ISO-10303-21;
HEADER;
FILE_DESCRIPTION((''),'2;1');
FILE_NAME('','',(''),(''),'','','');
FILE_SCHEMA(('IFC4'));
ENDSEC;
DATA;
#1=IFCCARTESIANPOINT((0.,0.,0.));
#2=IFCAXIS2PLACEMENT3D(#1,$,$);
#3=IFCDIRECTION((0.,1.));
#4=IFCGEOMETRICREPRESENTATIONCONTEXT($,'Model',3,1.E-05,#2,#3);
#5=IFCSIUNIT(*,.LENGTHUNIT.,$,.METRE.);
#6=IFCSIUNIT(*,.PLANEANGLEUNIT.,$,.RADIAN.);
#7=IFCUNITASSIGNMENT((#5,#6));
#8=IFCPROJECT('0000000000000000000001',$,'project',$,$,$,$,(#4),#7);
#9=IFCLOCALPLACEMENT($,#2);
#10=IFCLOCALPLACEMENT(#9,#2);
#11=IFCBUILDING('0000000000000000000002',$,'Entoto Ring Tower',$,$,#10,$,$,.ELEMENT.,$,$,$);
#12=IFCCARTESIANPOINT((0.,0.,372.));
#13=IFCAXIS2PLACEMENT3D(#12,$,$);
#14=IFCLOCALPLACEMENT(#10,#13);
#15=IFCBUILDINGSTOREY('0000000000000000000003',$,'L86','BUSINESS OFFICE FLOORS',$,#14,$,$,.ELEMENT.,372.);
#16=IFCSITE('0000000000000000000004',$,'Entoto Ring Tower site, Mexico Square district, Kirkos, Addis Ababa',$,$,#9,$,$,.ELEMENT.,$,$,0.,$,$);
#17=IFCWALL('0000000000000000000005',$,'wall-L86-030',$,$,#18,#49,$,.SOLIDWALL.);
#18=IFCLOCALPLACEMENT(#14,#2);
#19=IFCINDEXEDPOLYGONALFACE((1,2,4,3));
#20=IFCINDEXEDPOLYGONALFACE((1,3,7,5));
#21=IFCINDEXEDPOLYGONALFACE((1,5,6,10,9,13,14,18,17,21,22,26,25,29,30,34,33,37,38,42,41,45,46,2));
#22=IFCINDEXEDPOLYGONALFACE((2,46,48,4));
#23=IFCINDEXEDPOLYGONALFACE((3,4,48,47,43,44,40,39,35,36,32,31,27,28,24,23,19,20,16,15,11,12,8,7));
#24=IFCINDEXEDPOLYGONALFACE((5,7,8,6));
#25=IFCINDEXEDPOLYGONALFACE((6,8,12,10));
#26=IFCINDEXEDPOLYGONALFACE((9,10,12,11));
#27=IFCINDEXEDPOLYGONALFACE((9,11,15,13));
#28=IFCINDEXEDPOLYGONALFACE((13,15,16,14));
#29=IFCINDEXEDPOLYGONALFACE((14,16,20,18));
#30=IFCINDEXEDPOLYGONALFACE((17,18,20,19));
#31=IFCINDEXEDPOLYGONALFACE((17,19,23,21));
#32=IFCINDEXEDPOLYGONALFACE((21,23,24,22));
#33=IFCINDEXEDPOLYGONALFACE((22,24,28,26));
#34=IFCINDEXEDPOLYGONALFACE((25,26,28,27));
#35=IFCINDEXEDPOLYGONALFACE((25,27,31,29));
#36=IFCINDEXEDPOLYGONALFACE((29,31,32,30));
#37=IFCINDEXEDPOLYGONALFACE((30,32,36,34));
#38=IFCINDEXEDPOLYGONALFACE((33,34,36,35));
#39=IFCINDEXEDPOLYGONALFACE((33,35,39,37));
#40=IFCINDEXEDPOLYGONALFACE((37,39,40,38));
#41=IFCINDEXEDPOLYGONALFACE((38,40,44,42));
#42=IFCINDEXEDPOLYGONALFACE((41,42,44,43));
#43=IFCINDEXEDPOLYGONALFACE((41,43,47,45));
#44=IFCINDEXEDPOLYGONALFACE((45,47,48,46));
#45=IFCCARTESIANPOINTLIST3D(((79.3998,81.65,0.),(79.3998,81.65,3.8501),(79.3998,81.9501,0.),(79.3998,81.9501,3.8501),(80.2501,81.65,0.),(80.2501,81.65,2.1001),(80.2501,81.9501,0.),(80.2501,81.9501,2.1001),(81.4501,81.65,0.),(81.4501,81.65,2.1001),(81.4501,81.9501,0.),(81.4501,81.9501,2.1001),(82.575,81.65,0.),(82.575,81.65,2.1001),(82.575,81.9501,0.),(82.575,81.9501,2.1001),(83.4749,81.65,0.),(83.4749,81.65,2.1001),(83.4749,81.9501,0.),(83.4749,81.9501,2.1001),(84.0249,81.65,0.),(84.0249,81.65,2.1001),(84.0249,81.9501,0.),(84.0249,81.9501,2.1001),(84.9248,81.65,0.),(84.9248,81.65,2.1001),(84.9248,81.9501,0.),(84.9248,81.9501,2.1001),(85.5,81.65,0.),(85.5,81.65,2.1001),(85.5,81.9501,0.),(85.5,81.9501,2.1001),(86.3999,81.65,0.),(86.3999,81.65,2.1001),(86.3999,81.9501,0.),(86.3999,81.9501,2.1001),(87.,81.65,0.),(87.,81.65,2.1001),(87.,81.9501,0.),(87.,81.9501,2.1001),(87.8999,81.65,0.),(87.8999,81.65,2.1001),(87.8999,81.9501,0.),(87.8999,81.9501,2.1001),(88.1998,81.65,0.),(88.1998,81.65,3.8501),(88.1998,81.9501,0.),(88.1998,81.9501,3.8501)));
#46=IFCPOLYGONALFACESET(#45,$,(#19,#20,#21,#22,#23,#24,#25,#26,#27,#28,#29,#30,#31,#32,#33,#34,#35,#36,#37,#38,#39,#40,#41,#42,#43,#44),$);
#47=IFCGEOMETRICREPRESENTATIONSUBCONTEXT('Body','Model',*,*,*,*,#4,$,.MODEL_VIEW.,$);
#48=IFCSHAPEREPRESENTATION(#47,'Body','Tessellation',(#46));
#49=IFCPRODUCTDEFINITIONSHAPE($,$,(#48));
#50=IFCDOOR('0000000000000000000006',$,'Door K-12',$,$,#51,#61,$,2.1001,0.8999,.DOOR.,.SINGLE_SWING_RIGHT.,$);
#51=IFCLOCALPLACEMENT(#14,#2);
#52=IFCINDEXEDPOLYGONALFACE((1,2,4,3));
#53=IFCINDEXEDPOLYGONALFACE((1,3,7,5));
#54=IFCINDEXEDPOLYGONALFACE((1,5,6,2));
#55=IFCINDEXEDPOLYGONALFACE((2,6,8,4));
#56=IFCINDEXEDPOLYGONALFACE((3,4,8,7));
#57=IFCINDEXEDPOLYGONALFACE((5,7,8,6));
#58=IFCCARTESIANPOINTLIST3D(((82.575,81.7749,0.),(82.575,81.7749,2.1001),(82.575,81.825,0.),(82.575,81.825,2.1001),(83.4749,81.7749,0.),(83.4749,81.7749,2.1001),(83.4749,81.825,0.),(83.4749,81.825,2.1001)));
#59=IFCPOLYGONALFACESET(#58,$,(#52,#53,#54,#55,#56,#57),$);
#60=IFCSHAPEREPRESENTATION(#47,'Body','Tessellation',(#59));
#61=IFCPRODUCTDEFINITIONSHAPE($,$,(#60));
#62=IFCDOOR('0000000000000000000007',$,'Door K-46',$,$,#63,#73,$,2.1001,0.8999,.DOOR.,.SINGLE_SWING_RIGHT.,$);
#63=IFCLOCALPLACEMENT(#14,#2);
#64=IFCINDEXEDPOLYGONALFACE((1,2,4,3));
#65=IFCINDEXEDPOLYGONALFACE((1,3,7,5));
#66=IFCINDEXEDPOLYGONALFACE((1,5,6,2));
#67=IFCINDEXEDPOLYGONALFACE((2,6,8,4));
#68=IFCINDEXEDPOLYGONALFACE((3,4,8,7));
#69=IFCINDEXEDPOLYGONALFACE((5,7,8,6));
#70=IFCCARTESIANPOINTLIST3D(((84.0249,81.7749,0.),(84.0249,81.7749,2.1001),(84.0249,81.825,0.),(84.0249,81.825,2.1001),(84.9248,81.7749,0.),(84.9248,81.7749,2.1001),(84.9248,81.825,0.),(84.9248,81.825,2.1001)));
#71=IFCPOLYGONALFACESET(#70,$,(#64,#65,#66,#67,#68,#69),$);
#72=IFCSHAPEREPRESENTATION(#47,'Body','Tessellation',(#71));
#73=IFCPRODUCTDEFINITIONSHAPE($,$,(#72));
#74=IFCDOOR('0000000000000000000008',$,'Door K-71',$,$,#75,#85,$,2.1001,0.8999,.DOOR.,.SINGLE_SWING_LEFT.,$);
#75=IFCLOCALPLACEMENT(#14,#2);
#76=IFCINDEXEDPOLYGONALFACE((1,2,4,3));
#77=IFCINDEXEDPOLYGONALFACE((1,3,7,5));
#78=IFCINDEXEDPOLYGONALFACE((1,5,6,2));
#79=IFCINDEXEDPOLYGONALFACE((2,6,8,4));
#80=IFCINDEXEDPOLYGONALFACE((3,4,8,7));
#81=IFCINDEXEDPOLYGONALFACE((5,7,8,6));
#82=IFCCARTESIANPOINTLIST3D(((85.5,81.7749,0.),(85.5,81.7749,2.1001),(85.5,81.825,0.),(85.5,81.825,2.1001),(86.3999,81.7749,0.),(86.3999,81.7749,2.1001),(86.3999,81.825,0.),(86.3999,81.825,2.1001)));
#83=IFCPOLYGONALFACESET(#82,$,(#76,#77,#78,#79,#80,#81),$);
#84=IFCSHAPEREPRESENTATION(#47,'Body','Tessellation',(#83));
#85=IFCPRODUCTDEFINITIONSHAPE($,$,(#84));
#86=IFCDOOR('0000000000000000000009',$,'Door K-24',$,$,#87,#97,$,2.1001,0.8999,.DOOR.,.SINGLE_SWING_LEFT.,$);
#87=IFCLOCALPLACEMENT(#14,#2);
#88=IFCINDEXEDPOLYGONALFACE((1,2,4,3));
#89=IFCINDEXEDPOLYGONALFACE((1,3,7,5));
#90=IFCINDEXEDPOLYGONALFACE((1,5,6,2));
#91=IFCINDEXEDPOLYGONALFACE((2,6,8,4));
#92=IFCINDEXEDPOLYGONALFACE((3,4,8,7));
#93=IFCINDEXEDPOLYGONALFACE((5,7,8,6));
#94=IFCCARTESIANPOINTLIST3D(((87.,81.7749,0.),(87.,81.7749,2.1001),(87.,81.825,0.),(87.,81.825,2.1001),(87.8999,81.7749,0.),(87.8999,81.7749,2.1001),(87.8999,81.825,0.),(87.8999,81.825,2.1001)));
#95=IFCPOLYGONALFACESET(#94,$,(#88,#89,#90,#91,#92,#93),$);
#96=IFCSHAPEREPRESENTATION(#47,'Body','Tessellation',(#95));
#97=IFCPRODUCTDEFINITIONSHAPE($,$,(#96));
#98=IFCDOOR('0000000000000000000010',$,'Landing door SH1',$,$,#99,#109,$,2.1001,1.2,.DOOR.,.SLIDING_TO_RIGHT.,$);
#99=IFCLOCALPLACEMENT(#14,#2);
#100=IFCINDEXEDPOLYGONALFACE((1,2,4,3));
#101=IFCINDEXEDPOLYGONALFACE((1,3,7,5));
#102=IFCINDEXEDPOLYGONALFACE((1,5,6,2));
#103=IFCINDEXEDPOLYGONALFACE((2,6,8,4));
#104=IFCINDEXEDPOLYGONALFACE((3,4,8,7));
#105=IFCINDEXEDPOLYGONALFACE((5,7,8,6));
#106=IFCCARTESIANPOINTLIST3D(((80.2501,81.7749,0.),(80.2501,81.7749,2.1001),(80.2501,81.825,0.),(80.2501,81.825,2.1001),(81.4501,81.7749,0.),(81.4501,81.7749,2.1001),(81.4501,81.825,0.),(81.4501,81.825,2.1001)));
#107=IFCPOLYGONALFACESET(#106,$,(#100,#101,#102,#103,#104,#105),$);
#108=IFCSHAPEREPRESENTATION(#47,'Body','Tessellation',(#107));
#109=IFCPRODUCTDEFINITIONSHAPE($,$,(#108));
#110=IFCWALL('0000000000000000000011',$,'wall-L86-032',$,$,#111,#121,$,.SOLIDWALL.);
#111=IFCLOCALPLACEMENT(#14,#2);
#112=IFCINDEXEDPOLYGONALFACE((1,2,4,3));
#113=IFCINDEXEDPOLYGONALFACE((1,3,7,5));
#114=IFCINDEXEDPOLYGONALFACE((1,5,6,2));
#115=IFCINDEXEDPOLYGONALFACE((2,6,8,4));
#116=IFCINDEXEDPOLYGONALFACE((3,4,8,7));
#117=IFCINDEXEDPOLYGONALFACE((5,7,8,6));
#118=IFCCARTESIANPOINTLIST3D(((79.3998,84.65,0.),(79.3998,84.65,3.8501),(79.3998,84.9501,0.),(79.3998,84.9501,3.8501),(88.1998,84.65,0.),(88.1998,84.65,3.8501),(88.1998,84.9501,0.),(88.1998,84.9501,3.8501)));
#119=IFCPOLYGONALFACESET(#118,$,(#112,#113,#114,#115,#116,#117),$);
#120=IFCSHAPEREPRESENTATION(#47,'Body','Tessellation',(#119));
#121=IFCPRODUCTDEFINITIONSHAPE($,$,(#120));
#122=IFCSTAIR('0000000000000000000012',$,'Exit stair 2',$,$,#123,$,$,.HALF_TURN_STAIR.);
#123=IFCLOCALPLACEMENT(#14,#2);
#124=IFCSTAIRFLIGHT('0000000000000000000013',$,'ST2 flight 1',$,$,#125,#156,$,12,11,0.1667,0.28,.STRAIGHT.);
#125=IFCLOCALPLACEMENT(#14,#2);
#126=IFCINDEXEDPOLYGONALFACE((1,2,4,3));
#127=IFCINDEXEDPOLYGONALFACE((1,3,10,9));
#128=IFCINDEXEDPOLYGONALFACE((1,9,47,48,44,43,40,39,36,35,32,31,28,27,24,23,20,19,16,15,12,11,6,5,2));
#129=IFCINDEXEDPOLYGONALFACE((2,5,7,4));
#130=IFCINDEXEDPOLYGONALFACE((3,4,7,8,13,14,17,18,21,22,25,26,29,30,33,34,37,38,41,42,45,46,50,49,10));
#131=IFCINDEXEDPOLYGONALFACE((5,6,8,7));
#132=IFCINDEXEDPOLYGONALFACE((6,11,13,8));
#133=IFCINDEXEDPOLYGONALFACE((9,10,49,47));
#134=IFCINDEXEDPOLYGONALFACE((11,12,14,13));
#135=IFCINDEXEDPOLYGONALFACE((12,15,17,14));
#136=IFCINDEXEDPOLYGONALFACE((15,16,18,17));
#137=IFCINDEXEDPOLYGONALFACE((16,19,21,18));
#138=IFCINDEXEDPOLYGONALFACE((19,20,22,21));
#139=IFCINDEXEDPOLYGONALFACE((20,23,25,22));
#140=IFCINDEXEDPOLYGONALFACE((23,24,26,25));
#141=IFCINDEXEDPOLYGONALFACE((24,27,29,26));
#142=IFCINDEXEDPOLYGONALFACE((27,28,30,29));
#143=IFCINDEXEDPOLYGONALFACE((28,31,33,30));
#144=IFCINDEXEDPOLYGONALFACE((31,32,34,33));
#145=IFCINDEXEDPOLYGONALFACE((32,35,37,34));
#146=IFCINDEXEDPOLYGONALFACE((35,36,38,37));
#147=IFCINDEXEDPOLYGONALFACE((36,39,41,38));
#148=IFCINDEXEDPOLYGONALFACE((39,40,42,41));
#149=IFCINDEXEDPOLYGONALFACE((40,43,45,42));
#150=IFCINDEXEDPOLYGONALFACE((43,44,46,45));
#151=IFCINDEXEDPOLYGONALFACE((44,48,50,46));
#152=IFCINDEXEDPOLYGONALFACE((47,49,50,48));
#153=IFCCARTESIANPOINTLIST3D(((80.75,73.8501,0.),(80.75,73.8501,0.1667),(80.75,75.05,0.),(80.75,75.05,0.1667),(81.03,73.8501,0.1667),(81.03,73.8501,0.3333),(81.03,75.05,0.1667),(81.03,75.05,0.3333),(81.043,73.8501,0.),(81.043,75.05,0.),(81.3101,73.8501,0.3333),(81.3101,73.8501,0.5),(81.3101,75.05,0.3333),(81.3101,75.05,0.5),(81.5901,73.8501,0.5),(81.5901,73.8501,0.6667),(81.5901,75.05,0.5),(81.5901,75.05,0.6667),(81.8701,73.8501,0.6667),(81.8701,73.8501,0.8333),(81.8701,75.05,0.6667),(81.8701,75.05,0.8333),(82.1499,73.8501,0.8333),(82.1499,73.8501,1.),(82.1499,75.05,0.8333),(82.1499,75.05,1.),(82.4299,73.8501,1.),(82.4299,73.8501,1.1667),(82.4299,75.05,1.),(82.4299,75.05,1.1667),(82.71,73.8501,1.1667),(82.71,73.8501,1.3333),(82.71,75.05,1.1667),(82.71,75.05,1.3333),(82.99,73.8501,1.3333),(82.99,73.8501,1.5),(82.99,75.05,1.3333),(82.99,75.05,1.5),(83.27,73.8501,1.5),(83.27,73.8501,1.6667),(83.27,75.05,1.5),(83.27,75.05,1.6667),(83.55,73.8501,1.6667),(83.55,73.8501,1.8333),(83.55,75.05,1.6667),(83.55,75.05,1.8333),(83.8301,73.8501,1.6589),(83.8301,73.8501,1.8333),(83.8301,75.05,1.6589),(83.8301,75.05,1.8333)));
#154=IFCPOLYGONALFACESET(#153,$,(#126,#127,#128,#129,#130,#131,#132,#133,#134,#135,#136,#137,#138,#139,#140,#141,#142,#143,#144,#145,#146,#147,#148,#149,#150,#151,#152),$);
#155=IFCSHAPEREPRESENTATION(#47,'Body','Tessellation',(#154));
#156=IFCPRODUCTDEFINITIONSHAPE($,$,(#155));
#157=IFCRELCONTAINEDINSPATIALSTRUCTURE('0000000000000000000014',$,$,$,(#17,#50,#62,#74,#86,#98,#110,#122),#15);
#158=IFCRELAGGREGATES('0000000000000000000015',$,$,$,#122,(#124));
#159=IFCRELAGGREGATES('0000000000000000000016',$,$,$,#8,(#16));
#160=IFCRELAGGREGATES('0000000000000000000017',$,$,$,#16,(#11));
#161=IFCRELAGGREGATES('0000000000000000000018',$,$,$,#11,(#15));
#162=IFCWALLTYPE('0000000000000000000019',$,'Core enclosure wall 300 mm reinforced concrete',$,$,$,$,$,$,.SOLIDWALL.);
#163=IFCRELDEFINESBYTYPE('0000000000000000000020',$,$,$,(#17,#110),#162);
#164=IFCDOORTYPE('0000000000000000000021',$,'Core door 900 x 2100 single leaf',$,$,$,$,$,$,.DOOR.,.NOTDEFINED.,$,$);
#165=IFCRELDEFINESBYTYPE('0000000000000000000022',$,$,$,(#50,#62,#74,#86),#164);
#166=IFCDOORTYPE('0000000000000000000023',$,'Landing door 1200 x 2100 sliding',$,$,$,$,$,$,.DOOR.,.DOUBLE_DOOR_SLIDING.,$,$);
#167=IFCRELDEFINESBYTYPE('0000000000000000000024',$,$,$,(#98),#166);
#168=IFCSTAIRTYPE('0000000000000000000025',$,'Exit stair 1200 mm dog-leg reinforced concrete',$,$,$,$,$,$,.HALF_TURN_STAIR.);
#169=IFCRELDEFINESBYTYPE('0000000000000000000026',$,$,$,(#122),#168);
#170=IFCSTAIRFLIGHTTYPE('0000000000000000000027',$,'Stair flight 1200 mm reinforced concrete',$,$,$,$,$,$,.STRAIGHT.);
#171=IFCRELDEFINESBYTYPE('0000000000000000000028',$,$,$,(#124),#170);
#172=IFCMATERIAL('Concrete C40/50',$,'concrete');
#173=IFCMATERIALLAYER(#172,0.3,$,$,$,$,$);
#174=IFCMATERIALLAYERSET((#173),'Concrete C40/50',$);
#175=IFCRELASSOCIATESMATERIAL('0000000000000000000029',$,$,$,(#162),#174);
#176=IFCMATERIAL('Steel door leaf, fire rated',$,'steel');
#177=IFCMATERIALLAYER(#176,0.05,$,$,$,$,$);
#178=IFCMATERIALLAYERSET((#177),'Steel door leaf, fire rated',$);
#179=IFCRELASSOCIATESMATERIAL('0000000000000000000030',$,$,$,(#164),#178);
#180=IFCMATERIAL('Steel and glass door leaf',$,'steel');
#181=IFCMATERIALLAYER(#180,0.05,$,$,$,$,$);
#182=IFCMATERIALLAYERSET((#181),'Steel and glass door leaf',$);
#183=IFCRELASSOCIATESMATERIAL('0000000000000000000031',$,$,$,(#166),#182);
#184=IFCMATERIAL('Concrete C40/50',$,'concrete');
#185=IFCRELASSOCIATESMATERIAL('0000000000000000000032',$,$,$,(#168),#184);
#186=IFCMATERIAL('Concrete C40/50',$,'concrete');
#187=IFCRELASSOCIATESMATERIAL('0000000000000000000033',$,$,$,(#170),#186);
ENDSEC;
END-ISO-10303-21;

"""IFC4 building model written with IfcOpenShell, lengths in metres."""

from ifc_helpers import new_model, si_unit, direction, frame, frame_2d, origin, place, context, subcontext, project, spatial, polyline, rectangle, outline, extrude, material, layer, layer_set, type_object, element, fill, aggregate, save


model = new_model("IFC4")

# Units and contexts
model_context = context("Model", 3, precision=1e-05, world=origin(), true_north=direction((0.0, 1.0)))
body_context = subcontext(model_context, "Body", "Model", "MODEL_VIEW")
ifc_project = project(units=[si_unit("LENGTHUNIT", "METRE"), si_unit("PLANEANGLEUNIT", "RADIAN")], contexts=[model_context])

# Site, building, storey
site_placement = place(None, origin())
site = spatial("IfcSite", under=ifc_project, at=site_placement, Name="Entoto Ring Tower site, Mexico Square district, Kirkos, Addis Ababa", CompositionType="ELEMENT", RefElevation=0.0)
building_placement = place(site_placement, origin())
building = spatial("IfcBuilding", under=site, at=building_placement, Name="Entoto Ring Tower", CompositionType="ELEMENT")
storey_placement = place(building_placement, frame((0.0, 0.0, 372.0)))
storey = spatial("IfcBuildingStorey", under=building, at=storey_placement, Name="L86", Description="BUSINESS OFFICE FLOORS", CompositionType="ELEMENT", Elevation=372.0)

# Shared definitions
ifc_material_1 = material(Name="Concrete C40/50", Category="concrete")
ifc_layer_1 = layer(ifc_material_1, 0.3)
ifc_layer_set_1 = layer_set([ifc_layer_1], Name="Concrete C40/50")
wall_type = type_object("IfcWallType", Name="Core enclosure wall 300 mm reinforced concrete", PredefinedType="SOLIDWALL", material=ifc_layer_set_1)

# Wall, openings, doors
ifc_material_2 = material(Name="Steel door leaf, fire rated", Category="steel")
ifc_layer_2 = layer(ifc_material_2, 0.05)
ifc_layer_set_2 = layer_set([ifc_layer_2], Name="Steel door leaf, fire rated")
door_type_1 = type_object("IfcDoorType", Name="Core door 900 x 2100 single leaf", OperationType="NOTDEFINED", PredefinedType="DOOR", material=ifc_layer_set_2)
ifc_material_3 = material(Name="Steel and glass door leaf", Category="steel")
ifc_layer_3 = layer(ifc_material_3, 0.05)
ifc_layer_set_3 = layer_set([ifc_layer_3], Name="Steel and glass door leaf")
door_type_2 = type_object("IfcDoorType", Name="Landing door 1200 x 2100 sliding", OperationType="DOUBLE_DOOR_SLIDING", PredefinedType="DOOR", material=ifc_layer_set_3)
wall_1_placement = place(storey_placement, frame((79.3999, 81.8, 0.0), z_axis=(0.0, 0.0, 1.0), x_axis=(1.0, 0.0, 0.0)))
wall_1 = element("IfcWall", 1, at=wall_1_placement, inside=storey, type_object=wall_type, Name="wall-L86-030", PredefinedType="SOLIDWALL", context=body_context, shape_type="SweptSolid", body=[
    extrude(rectangle(XDim=8.8, YDim=0.3, at=frame_2d((4.3999, 0.0))), origin(), (0.0, 0.0, 1.0), 3.8501),
])
opening_1_placement = place(wall_1_placement, frame((0.8501, 0.0, 0.0)))
opening_1 = element("IfcOpeningElement", 2, at=opening_1_placement, cuts=wall_1, PredefinedType="OPENING", context=body_context, shape_type="SweptSolid", body=[
    extrude(rectangle(XDim=1.2, YDim=2.1001, at=frame_2d((0.6001, 1.05))), frame((0.0, 0.1602, 0.0), z_axis=(0.0, -1.0, 0.0), x_axis=(1.0, 0.0, 0.0)), (0.0, 0.0, 1.0), 0.3201),
])
opening_2_placement = place(wall_1_placement, frame((3.175, 0.0, 0.0)))
opening_2 = element("IfcOpeningElement", 3, at=opening_2_placement, cuts=wall_1, PredefinedType="OPENING", context=body_context, shape_type="SweptSolid", body=[
    extrude(rectangle(XDim=0.8999, YDim=2.1001, at=frame_2d((0.45, 1.05))), frame((0.0, 0.1602, 0.0), z_axis=(0.0, -1.0, 0.0), x_axis=(1.0, 0.0, 0.0)), (0.0, 0.0, 1.0), 0.3201),
])
opening_3_placement = place(wall_1_placement, frame((4.625, 0.0, 0.0)))
opening_3 = element("IfcOpeningElement", 4, at=opening_3_placement, cuts=wall_1, PredefinedType="OPENING", context=body_context, shape_type="SweptSolid", body=[
    extrude(rectangle(XDim=0.8999, YDim=2.1001, at=frame_2d((0.45, 1.05))), frame((0.0, 0.1602, 0.0), z_axis=(0.0, -1.0, 0.0), x_axis=(1.0, 0.0, 0.0)), (0.0, 0.0, 1.0), 0.3201),
])
opening_4_placement = place(wall_1_placement, frame((6.1001, 0.0, 0.0)))
opening_4 = element("IfcOpeningElement", 5, at=opening_4_placement, cuts=wall_1, PredefinedType="OPENING", context=body_context, shape_type="SweptSolid", body=[
    extrude(rectangle(XDim=0.8999, YDim=2.1001, at=frame_2d((0.45, 1.05))), frame((0.0, 0.1602, 0.0), z_axis=(0.0, -1.0, 0.0), x_axis=(1.0, 0.0, 0.0)), (0.0, 0.0, 1.0), 0.3201),
])
opening_5_placement = place(wall_1_placement, frame((7.6001, 0.0, 0.0)))
opening_5 = element("IfcOpeningElement", 6, at=opening_5_placement, cuts=wall_1, PredefinedType="OPENING", context=body_context, shape_type="SweptSolid", body=[
    extrude(rectangle(XDim=0.8999, YDim=2.1001, at=frame_2d((0.45, 1.05))), frame((0.0, 0.1602, 0.0), z_axis=(0.0, -1.0, 0.0), x_axis=(1.0, 0.0, 0.0)), (0.0, 0.0, 1.0), 0.3201),
])
door_1_placement = place(opening_2_placement, origin())
door_1 = element("IfcDoor", 7, at=door_1_placement, inside=storey, type_object=door_type_1, Name="Door K-12", OperationType="SINGLE_SWING_RIGHT", OverallHeight=2.1001, OverallWidth=0.8999, PredefinedType="DOOR", context=body_context, shape_type="SweptSolid", body=[
    extrude(rectangle(XDim=0.8999, YDim=2.1001, at=frame_2d((0.45, 1.05))), frame((0.0, 0.0249, 0.0), z_axis=(0.0, -1.0, 0.0), x_axis=(1.0, 0.0, 0.0)), (0.0, 0.0, 1.0), 0.05),
])
fill(opening_2, door_1)
door_2_placement = place(opening_3_placement, origin())
door_2 = element("IfcDoor", 8, at=door_2_placement, inside=storey, type_object=door_type_1, Name="Door K-46", OperationType="SINGLE_SWING_RIGHT", OverallHeight=2.1001, OverallWidth=0.8999, PredefinedType="DOOR", context=body_context, shape_type="SweptSolid", body=[
    extrude(rectangle(XDim=0.8999, YDim=2.1001, at=frame_2d((0.45, 1.05))), frame((0.0, 0.0249, 0.0), z_axis=(0.0, -1.0, 0.0), x_axis=(1.0, 0.0, 0.0)), (0.0, 0.0, 1.0), 0.05),
])
fill(opening_3, door_2)
door_3_placement = place(opening_4_placement, origin())
door_3 = element("IfcDoor", 9, at=door_3_placement, inside=storey, type_object=door_type_1, Name="Door K-71", OperationType="SINGLE_SWING_LEFT", OverallHeight=2.1001, OverallWidth=0.8999, PredefinedType="DOOR", context=body_context, shape_type="SweptSolid", body=[
    extrude(rectangle(XDim=0.8999, YDim=2.1001, at=frame_2d((0.45, 1.05))), frame((0.0, 0.0249, 0.0), z_axis=(0.0, -1.0, 0.0), x_axis=(1.0, 0.0, 0.0)), (0.0, 0.0, 1.0), 0.05),
])
fill(opening_4, door_3)
door_4_placement = place(opening_5_placement, origin())
door_4 = element("IfcDoor", 10, at=door_4_placement, inside=storey, type_object=door_type_1, Name="Door K-24", OperationType="SINGLE_SWING_LEFT", OverallHeight=2.1001, OverallWidth=0.8999, PredefinedType="DOOR", context=body_context, shape_type="SweptSolid", body=[
    extrude(rectangle(XDim=0.8999, YDim=2.1001, at=frame_2d((0.45, 1.05))), frame((0.0, 0.0249, 0.0), z_axis=(0.0, -1.0, 0.0), x_axis=(1.0, 0.0, 0.0)), (0.0, 0.0, 1.0), 0.05),
])
fill(opening_5, door_4)
door_5_placement = place(opening_1_placement, origin())
door_5 = element("IfcDoor", 11, at=door_5_placement, inside=storey, type_object=door_type_2, Name="Landing door SH1", OperationType="SLIDING_TO_RIGHT", OverallHeight=2.1001, OverallWidth=1.2, PredefinedType="DOOR", context=body_context, shape_type="SweptSolid", body=[
    extrude(rectangle(XDim=1.2, YDim=2.1001, at=frame_2d((0.6001, 1.05))), frame((0.0, 0.0249, 0.0), z_axis=(0.0, -1.0, 0.0), x_axis=(1.0, 0.0, 0.0)), (0.0, 0.0, 1.0), 0.05),
])
fill(opening_1, door_5)

# Wall
wall_2_placement = place(storey_placement, frame((79.3999, 84.8, 0.0), z_axis=(0.0, 0.0, 1.0), x_axis=(1.0, 0.0, 0.0)))
element("IfcWall", 12, at=wall_2_placement, inside=storey, type_object=wall_type, Name="wall-L86-032", PredefinedType="SOLIDWALL", context=body_context, shape_type="SweptSolid", body=[
    extrude(rectangle(XDim=8.8, YDim=0.3, at=frame_2d((4.3999, 0.0))), origin(), (0.0, 0.0, 1.0), 3.8501),
])

# Stair, stair flight
ifc_material_4 = material(Name="Concrete C40/50", Category="concrete")
stair_type = type_object("IfcStairType", Name="Exit stair 1200 mm dog-leg reinforced concrete", PredefinedType="HALF_TURN_STAIR", material=ifc_material_4)
stair_placement = place(storey_placement, origin())
stair = element("IfcStair", 13, at=stair_placement, inside=storey, type_object=stair_type, Name="Exit stair 2", PredefinedType="HALF_TURN_STAIR")
ifc_material_5 = material(Name="Concrete C40/50", Category="concrete")
stair_flight_type = type_object("IfcStairFlightType", Name="Stair flight 1200 mm reinforced concrete", PredefinedType="STRAIGHT", material=ifc_material_5)
stair_flight_1_placement = place(storey_placement, frame((80.75, 74.45, 0.0), z_axis=(0.0, 0.0, 1.0), x_axis=(1.0, 0.0, 0.0)))
stair_flight_1 = element("IfcStairFlight", 14, at=stair_flight_1_placement, type_object=stair_flight_type, Name="ST2 flight 1", NumberOfRisers=12, NumberOfTreads=11, PredefinedType="STRAIGHT", RiserHeight=0.1667, TreadLength=0.28, context=body_context, shape_type="SweptSolid", body=[
    extrude(outline(polyline([(0.0, 0.0), (0.0, 0.1667), (0.28, 0.1667), (0.28, 0.3333), (0.5601, 0.3333), (0.5601, 0.5), (0.8401, 0.5), (0.8401, 0.6667), (1.1201, 0.6667), (1.1201, 0.8333), (1.3999, 0.8333), (1.3999, 1.0), (1.6799, 1.0), (1.6799, 1.1667), (1.96, 1.1667), (1.96, 1.3333), (2.24, 1.3333), (2.24, 1.5), (2.52, 1.5), (2.52, 1.6667), (2.8, 1.6667), (2.8, 1.8333), (3.0801, 1.8333), (3.0801, 2.0), (3.0801, 1.6589), (0.293, 0.0), (0.0, 0.0)])), frame((0.0, 0.6001, 0.0), z_axis=(0.0, -1.0, 0.0), x_axis=(1.0, 0.0, 0.0)), (0.0, 0.0, 1.0), 1.2),
])
aggregate(stair, [stair_flight_1])

save(model, "model.ifc")
